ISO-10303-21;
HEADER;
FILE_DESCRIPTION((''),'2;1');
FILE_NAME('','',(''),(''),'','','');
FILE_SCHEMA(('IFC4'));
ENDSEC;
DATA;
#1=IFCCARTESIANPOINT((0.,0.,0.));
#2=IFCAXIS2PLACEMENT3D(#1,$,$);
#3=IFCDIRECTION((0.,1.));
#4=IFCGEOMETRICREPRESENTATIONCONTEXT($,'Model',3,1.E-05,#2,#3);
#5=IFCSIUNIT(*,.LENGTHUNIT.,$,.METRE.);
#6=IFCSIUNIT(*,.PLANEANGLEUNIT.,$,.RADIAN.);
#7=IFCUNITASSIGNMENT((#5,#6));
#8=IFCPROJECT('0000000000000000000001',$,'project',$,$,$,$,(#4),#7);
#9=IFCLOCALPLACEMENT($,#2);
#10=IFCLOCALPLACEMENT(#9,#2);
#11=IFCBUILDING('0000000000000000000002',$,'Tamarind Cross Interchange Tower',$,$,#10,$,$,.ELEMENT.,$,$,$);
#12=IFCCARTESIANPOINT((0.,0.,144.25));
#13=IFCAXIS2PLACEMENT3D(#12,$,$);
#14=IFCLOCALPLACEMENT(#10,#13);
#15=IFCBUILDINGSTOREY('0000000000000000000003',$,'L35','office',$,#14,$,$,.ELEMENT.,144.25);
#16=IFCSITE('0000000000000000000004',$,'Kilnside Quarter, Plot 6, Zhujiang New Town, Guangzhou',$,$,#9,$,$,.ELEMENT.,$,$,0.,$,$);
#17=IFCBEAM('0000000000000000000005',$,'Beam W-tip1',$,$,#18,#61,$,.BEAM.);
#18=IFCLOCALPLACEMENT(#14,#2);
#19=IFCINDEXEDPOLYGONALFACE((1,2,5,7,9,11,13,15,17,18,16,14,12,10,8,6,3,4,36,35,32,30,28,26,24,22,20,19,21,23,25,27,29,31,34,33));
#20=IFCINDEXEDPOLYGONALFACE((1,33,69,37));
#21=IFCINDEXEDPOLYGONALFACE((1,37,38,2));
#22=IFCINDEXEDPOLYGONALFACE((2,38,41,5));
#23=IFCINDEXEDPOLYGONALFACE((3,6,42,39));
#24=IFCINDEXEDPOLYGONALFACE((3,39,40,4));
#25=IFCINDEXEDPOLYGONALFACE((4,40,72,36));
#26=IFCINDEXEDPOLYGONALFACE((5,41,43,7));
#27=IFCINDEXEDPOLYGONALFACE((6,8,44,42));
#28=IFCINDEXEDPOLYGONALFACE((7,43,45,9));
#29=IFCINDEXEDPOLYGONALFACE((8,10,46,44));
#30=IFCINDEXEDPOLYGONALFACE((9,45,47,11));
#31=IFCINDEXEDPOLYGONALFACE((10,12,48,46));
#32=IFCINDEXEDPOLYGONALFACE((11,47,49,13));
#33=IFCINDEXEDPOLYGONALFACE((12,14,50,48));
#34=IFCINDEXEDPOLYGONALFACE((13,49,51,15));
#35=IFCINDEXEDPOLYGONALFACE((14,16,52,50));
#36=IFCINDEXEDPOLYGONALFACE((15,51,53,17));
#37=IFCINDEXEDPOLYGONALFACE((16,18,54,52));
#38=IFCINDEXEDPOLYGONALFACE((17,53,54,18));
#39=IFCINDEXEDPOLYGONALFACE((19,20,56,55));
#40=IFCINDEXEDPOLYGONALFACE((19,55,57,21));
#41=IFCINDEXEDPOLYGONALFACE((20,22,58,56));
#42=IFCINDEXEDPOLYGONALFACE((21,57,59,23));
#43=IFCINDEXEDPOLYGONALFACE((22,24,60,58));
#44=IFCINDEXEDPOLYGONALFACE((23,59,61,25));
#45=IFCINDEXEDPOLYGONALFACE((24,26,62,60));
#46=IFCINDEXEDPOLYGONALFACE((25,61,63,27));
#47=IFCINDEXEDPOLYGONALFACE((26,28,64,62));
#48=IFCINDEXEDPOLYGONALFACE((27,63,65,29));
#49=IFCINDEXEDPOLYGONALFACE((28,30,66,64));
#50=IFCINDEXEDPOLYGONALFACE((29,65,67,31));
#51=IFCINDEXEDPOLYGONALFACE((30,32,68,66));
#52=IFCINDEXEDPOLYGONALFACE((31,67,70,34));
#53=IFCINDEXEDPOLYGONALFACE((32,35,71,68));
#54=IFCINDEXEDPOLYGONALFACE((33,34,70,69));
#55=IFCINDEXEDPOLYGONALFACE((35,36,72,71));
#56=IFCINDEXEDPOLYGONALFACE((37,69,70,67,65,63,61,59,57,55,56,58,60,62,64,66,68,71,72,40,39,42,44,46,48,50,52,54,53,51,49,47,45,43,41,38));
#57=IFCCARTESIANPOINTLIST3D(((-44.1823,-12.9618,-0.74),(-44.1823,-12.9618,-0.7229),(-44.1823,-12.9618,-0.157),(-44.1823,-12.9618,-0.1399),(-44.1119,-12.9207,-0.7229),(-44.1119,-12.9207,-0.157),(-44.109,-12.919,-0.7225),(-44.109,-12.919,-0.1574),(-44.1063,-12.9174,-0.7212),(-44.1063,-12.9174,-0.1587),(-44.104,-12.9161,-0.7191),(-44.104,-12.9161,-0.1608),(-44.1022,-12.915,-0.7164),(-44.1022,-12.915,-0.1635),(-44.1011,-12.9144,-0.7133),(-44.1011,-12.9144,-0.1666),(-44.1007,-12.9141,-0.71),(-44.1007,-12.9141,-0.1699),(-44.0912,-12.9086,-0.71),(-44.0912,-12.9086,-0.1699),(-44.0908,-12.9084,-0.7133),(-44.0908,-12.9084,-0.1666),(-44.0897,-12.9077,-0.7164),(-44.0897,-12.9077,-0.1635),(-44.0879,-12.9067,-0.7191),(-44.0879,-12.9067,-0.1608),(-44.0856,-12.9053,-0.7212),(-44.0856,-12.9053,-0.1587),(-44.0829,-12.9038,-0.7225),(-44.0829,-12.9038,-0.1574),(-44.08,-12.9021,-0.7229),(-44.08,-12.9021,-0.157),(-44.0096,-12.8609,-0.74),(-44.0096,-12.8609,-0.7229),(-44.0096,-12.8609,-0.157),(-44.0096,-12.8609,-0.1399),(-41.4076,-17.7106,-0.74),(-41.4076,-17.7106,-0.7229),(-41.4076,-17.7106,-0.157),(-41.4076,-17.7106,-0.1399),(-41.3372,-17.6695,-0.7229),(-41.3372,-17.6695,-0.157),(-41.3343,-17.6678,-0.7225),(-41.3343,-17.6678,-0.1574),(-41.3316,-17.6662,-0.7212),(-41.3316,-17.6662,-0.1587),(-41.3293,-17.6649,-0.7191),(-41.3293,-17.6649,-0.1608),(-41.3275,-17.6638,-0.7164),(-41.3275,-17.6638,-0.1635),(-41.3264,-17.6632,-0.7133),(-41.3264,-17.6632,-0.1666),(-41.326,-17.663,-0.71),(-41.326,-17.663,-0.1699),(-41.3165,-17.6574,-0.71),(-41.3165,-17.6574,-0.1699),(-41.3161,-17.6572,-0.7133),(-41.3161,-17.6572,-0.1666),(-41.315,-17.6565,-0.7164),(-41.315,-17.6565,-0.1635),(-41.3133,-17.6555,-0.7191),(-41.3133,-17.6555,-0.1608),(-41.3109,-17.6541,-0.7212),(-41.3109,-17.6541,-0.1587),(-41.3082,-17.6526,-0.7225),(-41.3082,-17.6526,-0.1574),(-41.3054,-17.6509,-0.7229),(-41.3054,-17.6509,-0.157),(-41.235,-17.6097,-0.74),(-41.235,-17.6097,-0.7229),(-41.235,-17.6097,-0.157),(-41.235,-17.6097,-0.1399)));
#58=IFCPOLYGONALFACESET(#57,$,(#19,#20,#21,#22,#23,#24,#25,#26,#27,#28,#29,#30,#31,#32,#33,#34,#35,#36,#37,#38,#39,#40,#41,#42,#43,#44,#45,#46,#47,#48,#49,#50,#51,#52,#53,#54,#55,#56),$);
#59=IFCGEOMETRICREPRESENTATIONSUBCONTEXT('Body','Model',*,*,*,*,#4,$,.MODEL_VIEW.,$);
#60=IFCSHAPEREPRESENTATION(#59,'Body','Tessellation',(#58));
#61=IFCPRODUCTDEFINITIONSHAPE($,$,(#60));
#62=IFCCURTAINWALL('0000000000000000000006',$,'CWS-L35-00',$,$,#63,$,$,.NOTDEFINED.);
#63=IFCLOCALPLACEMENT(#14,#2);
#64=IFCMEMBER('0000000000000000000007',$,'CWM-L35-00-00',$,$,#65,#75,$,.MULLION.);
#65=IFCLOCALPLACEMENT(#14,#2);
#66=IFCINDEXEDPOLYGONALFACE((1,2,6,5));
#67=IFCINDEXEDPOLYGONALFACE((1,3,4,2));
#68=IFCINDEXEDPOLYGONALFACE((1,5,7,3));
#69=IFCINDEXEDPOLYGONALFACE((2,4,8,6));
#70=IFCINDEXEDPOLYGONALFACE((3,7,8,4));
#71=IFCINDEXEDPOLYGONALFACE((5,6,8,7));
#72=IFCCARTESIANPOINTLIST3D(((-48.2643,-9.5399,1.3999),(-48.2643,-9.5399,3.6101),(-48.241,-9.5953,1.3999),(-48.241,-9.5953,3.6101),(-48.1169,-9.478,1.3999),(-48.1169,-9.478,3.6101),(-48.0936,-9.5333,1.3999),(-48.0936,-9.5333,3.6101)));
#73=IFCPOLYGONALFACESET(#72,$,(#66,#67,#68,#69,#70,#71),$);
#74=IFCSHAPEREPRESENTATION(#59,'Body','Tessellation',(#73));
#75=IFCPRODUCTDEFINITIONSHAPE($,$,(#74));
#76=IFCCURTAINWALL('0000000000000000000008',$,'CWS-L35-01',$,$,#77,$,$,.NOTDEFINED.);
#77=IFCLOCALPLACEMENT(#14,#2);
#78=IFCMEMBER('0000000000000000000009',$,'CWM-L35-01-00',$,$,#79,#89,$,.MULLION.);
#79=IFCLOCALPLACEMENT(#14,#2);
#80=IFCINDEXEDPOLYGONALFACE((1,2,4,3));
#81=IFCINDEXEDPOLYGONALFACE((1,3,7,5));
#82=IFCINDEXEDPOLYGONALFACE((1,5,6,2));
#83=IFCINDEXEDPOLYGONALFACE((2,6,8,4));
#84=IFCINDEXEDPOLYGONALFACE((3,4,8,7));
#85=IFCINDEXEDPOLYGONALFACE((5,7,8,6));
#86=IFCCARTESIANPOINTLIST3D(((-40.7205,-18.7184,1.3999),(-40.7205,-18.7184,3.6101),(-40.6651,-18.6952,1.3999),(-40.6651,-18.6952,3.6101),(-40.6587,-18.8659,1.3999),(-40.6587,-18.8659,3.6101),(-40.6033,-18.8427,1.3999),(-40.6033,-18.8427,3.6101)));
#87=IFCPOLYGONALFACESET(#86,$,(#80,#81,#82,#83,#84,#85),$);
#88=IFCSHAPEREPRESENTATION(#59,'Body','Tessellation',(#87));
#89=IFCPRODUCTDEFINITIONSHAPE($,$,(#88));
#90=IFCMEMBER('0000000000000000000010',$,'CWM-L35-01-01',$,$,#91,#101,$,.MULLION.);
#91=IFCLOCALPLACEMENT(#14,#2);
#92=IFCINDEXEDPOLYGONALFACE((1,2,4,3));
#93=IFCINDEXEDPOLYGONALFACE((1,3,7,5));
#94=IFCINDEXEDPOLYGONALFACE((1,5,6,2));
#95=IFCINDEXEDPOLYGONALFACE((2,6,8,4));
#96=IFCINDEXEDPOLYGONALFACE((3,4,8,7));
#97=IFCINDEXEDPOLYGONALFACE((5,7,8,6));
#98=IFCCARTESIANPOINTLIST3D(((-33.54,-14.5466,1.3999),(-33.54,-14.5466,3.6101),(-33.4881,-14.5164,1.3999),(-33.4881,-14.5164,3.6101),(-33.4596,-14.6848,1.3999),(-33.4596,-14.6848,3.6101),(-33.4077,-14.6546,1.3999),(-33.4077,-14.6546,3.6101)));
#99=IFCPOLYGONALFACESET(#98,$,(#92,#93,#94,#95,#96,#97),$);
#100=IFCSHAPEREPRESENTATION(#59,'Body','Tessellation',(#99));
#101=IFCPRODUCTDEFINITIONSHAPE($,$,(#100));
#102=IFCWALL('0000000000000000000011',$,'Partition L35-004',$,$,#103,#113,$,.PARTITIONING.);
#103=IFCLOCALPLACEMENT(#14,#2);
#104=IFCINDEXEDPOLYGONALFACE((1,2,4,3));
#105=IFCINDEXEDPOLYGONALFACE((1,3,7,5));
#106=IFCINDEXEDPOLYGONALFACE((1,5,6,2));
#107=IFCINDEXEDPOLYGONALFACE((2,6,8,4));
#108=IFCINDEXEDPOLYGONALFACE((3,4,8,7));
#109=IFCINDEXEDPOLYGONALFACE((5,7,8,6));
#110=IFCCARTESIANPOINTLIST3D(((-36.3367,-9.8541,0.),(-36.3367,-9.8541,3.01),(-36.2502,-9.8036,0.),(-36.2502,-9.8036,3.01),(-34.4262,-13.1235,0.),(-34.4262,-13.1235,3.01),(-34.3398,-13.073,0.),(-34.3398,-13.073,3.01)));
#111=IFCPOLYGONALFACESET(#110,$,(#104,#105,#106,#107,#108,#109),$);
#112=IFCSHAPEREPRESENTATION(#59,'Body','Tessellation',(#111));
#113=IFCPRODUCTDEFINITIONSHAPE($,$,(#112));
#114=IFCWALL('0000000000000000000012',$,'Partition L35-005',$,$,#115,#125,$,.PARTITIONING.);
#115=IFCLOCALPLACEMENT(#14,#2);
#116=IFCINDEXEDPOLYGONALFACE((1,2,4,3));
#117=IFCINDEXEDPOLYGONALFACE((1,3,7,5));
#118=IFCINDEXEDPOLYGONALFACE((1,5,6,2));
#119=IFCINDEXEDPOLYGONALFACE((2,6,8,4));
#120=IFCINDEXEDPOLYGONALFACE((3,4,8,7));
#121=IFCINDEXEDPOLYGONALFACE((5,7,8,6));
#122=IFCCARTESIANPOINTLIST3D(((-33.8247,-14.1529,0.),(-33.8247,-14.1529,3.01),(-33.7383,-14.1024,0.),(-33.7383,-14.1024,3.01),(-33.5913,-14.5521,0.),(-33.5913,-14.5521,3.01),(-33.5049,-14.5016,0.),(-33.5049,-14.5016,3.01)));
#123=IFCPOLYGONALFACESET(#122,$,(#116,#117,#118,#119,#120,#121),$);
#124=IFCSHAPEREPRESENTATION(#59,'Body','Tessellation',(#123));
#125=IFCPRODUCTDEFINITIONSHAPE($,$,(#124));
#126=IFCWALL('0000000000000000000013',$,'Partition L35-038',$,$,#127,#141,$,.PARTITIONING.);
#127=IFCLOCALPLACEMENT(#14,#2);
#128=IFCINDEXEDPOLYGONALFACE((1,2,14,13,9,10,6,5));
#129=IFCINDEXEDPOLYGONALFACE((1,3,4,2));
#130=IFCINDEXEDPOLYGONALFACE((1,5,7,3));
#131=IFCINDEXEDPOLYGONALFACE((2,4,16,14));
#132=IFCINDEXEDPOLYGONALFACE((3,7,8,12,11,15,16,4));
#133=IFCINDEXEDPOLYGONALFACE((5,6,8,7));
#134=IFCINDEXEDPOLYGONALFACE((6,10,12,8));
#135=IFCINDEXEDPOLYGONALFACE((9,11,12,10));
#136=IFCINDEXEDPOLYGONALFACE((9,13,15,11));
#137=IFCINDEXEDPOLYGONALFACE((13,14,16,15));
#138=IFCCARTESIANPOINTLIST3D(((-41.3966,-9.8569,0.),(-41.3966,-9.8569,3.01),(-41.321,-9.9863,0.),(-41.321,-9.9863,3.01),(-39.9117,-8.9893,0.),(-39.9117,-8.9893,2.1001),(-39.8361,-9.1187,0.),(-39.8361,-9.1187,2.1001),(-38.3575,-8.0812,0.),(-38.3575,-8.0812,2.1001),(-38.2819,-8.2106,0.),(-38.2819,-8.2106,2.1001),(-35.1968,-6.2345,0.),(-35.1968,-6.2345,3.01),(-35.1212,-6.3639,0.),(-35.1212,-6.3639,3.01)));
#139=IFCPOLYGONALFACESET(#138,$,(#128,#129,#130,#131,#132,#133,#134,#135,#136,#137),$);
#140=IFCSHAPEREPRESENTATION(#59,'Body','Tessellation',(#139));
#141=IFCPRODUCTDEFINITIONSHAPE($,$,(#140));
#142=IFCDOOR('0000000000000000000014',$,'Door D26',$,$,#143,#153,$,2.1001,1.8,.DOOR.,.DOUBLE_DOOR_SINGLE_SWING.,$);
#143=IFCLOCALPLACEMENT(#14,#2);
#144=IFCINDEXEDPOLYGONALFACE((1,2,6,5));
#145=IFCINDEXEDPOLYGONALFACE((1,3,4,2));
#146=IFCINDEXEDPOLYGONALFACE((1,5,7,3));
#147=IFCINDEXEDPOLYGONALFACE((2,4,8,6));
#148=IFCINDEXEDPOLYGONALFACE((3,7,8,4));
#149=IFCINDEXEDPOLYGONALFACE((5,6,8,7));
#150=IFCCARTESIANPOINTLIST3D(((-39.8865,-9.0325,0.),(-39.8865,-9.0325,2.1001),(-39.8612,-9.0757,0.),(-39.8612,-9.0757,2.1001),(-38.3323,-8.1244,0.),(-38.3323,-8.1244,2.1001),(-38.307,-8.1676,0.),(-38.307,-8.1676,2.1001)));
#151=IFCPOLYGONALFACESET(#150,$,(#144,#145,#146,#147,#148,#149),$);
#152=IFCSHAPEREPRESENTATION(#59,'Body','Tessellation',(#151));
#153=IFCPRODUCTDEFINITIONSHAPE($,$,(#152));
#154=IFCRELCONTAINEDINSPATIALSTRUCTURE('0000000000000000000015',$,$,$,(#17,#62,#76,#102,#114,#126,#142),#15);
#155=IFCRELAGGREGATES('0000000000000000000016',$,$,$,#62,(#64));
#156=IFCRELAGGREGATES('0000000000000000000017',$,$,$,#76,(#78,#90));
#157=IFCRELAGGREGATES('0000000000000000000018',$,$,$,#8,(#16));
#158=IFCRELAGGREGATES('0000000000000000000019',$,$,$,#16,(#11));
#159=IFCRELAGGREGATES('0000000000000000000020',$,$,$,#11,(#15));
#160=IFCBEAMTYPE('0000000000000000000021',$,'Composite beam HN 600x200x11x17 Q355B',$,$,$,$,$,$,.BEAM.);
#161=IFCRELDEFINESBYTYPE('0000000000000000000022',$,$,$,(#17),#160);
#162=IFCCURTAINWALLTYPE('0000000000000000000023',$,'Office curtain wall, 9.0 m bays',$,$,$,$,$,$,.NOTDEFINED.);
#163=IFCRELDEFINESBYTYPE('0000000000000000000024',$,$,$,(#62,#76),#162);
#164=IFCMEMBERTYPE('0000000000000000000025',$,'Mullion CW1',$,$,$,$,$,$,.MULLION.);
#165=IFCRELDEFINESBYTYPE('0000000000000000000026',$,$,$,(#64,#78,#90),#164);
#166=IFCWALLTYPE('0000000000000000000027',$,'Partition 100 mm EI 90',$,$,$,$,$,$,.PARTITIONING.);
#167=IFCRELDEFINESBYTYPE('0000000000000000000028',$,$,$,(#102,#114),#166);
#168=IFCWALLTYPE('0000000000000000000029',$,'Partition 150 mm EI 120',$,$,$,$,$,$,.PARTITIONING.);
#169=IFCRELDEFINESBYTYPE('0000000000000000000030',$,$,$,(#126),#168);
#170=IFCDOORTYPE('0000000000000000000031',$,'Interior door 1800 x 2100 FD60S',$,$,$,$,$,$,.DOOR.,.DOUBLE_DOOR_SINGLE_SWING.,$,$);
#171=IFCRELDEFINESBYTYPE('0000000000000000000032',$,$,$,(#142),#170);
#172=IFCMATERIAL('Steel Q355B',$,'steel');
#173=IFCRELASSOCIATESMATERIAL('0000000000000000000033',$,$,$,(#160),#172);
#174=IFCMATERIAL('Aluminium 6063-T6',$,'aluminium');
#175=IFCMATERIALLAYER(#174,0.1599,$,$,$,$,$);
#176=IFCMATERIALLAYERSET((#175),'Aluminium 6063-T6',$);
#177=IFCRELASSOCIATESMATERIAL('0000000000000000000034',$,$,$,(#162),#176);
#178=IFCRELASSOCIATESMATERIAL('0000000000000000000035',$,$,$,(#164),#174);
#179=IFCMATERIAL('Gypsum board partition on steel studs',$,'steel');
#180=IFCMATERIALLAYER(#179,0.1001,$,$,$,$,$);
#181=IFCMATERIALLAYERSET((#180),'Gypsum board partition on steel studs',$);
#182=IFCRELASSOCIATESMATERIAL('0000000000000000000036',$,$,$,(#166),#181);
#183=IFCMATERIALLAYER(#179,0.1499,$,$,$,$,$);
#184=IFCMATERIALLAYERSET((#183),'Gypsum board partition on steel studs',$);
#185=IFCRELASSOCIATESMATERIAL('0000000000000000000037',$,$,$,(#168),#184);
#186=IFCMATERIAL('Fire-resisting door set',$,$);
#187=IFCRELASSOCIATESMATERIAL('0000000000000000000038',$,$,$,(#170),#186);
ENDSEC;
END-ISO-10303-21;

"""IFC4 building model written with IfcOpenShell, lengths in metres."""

from ifc_helpers import new_model, si_unit, direction, frame, frame_2d, origin, origin_2d, place, context, subcontext, project, spatial, rectangle, i_section, extrude, material, layer, layer_set, material_profile, profile_set, type_object, element, fill, aggregate, save


model = new_model("IFC4")

# Units and contexts
model_context = context("Model", 3, precision=1e-05, world=origin(), true_north=direction((0.0, 1.0)))
body_context = subcontext(model_context, "Body", "Model", "MODEL_VIEW")
ifc_project = project(units=[si_unit("LENGTHUNIT", "METRE"), si_unit("PLANEANGLEUNIT", "RADIAN")], contexts=[model_context])

# Site, building, storey
site_placement = place(None, origin())
site = spatial("IfcSite", under=ifc_project, at=site_placement, Name="Kilnside Quarter, Plot 6, Zhujiang New Town, Guangzhou", CompositionType="ELEMENT", RefElevation=0.0)
building_placement = place(site_placement, origin())
building = spatial("IfcBuilding", under=site, at=building_placement, Name="Tamarind Cross Interchange Tower", CompositionType="ELEMENT")
storey_placement = place(building_placement, frame((0.0, 0.0, 144.25)))
storey = spatial("IfcBuildingStorey", under=building, at=storey_placement, Name="L35", Description="office", CompositionType="ELEMENT", Elevation=144.25)

# Beam
ifc_material_1 = material(Name="Steel Q355B", Category="steel")
ifc_material_profile_1 = material_profile(ifc_material_1, i_section(OverallWidth=0.2, OverallDepth=0.6001, WebThickness=0.011, FlangeThickness=0.0171, FilletRadius=0.0129, at=origin_2d()), Name="HN 600x200x11x17")
ifc_profile_set_1 = profile_set([ifc_material_profile_1], Name="Steel Q355B")
beam_type_1 = type_object("IfcBeamType", Name="Composite beam HN 600x200x11x17 Q355B", PredefinedType="BEAM", material=ifc_profile_set_1)
beam_1_placement = place(storey_placement, frame((-44.0959, -12.9114, -0.4399), z_axis=(0.504486, -0.86342, 0.0), x_axis=(0.86342, 0.504486, 0.0)))
element("IfcBeam", 1, at=beam_1_placement, inside=storey, type_object=beam_type_1, Name="Beam W-tip1", PredefinedType="BEAM", context=body_context, shape_type="SweptSolid", body=[
    extrude(i_section(OverallWidth=0.2, OverallDepth=0.6001, WebThickness=0.011, FlangeThickness=0.0171, FilletRadius=0.0129, at=origin_2d()), origin(), (0.0, 0.0, 1.0), 5.5),
])

# Curtain wall, member
ifc_material_2 = material(Name="Aluminium 6063-T6", Category="aluminium")
ifc_layer_1 = layer(ifc_material_2, 0.1599)
ifc_layer_set_1 = layer_set([ifc_layer_1], Name="Aluminium 6063-T6")
curtain_wall_type = type_object("IfcCurtainWallType", Name="Office curtain wall, 9.0 m bays", PredefinedType="NOTDEFINED", material=ifc_layer_set_1)
curtain_wall_1_placement = place(storey_placement, origin())
curtain_wall_1 = element("IfcCurtainWall", 2, at=curtain_wall_1_placement, inside=storey, type_object=curtain_wall_type, Name="CWS-L35-00", PredefinedType="NOTDEFINED")
ifc_material_profile_2 = material_profile(ifc_material_2, rectangle(XDim=0.0601, YDim=0.1599, at=origin_2d()), Name="Mullion CW1")
ifc_profile_set_2 = profile_set([ifc_material_profile_2], Name="Aluminium 6063-T6")
member_type = type_object("IfcMemberType", Name="Mullion CW1", PredefinedType="MULLION", material=ifc_profile_set_2)
member_1_placement = place(storey_placement, frame((-48.179, -9.5366, 1.3999), z_axis=(0.0, 0.0, 1.0), x_axis=(0.387503, -0.921869, 0.0)))
member_1 = element("IfcMember", 3, at=member_1_placement, type_object=member_type, Name="CWM-L35-00-00", PredefinedType="MULLION", context=body_context, shape_type="SweptSolid", body=[
    extrude(rectangle(XDim=0.0601, YDim=0.1599, at=origin_2d()), origin(), (0.0, 0.0, 1.0), 2.2102),
])
aggregate(curtain_wall_1, [member_1])

# Curtain wall, members
curtain_wall_2_placement = place(storey_placement, origin())
curtain_wall_2 = element("IfcCurtainWall", 4, at=curtain_wall_2_placement, inside=storey, type_object=curtain_wall_type, Name="CWS-L35-01", PredefinedType="NOTDEFINED")
member_2_placement = place(storey_placement, frame((-40.6619, -18.7805, 1.3999), z_axis=(0.0, 0.0, 1.0), x_axis=(0.922273, 0.386538, 0.0)))
member_2 = element("IfcMember", 5, at=member_2_placement, type_object=member_type, Name="CWM-L35-01-00", PredefinedType="MULLION", context=body_context, shape_type="SweptSolid", body=[
    extrude(rectangle(XDim=0.0601, YDim=0.1599, at=origin_2d()), origin(), (0.0, 0.0, 1.0), 2.2102),
])
member_3_placement = place(storey_placement, frame((-33.4739, -14.6006, 1.3999), z_axis=(0.0, 0.0, 1.0), x_axis=(0.864456, 0.502708, 0.0)))
member_3 = element("IfcMember", 6, at=member_3_placement, type_object=member_type, Name="CWM-L35-01-01", PredefinedType="MULLION", context=body_context, shape_type="SweptSolid", body=[
    extrude(rectangle(XDim=0.0601, YDim=0.1599, at=origin_2d()), origin(), (0.0, 0.0, 1.0), 2.2102),
])
aggregate(curtain_wall_2, [member_2, member_3])

# Walls
ifc_material_3 = material(Name="Gypsum board partition on steel studs", Category="steel")
ifc_layer_2 = layer(ifc_material_3, 0.1001)
ifc_layer_set_2 = layer_set([ifc_layer_2], Name="Gypsum board partition on steel studs")
wall_type_1 = type_object("IfcWallType", Name="Partition 100 mm EI 90", PredefinedType="PARTITIONING", material=ifc_layer_set_2)
wall_1_placement = place(storey_placement, frame((-36.2935, -9.8289, 0.0), z_axis=(0.0, 0.0, 1.0), x_axis=(0.504524, -0.863397, 0.0)))
element("IfcWall", 7, at=wall_1_placement, inside=storey, type_object=wall_type_1, Name="Partition L35-004", PredefinedType="PARTITIONING", context=body_context, shape_type="SweptSolid", body=[
    extrude(rectangle(XDim=3.7866, YDim=0.1001, at=frame_2d((1.8933, 0.0))), origin(), (0.0, 0.0, 1.0), 3.01),
])
wall_2_placement = place(storey_placement, frame((-33.7815, -14.1277, 0.0), z_axis=(0.0, 0.0, 1.0), x_axis=(0.504757, -0.863261, 0.0)))
element("IfcWall", 8, at=wall_2_placement, inside=storey, type_object=wall_type_1, Name="Partition L35-005", PredefinedType="PARTITIONING", context=body_context, shape_type="SweptSolid", body=[
    extrude(rectangle(XDim=0.4624, YDim=0.1001, at=frame_2d((0.2312, 0.0))), origin(), (0.0, 0.0, 1.0), 3.01),
])

# Wall, opening, door
ifc_layer_3 = layer(ifc_material_3, 0.1499)
ifc_layer_set_3 = layer_set([ifc_layer_3], Name="Gypsum board partition on steel studs")
wall_type_2 = type_object("IfcWallType", Name="Partition 150 mm EI 120", PredefinedType="PARTITIONING", material=ifc_layer_set_3)
wall_3_placement = place(storey_placement, frame((-41.3589, -9.9216, 0.0), z_axis=(0.0, 0.0, 1.0), x_axis=(0.863426, 0.504476, 0.0)))
wall_3 = element("IfcWall", 9, at=wall_3_placement, inside=storey, type_object=wall_type_2, Name="Partition L35-038", PredefinedType="PARTITIONING", context=body_context, shape_type="SweptSolid", body=[
    extrude(rectangle(XDim=7.1804, YDim=0.1499, at=frame_2d((3.5903, 0.0))), origin(), (0.0, 0.0, 1.0), 3.01),
])
opening_1_placement = place(wall_3_placement, frame((1.72, 0.0, 0.0)))
opening_1 = element("IfcOpeningElement", 10, at=opening_1_placement, cuts=wall_3, PredefinedType="OPENING", context=body_context, shape_type="SweptSolid", body=[
    extrude(rectangle(XDim=1.8, YDim=2.1001, at=frame_2d((0.8999, 1.05))), frame((0.0, 0.085, 0.0), z_axis=(0.0, -1.0, 0.0), x_axis=(1.0, 0.0, 0.0)), (0.0, 0.0, 1.0), 0.1699),
])
ifc_material_4 = material(Name="Fire-resisting door set")
door_type_1 = type_object("IfcDoorType", Name="Interior door 1800 x 2100 FD60S", OperationType="DOUBLE_DOOR_SINGLE_SWING", PredefinedType="DOOR", material=ifc_material_4)
door_1_placement = place(opening_1_placement, origin())
door_1 = element("IfcDoor", 11, at=door_1_placement, inside=storey, type_object=door_type_1, Name="Door D26", OperationType="DOUBLE_DOOR_SINGLE_SWING", OverallHeight=2.1001, OverallWidth=1.8, PredefinedType="DOOR", context=body_context, shape_type="SweptSolid", body=[
    extrude(rectangle(XDim=1.8, YDim=2.1001, at=frame_2d((0.8999, 1.05))), frame((0.0, 0.0249, 0.0), z_axis=(0.0, -1.0, 0.0), x_axis=(1.0, 0.0, 0.0)), (0.0, 0.0, 1.0), 0.05),
])
fill(opening_1, door_1)

save(model, "model.ifc")
